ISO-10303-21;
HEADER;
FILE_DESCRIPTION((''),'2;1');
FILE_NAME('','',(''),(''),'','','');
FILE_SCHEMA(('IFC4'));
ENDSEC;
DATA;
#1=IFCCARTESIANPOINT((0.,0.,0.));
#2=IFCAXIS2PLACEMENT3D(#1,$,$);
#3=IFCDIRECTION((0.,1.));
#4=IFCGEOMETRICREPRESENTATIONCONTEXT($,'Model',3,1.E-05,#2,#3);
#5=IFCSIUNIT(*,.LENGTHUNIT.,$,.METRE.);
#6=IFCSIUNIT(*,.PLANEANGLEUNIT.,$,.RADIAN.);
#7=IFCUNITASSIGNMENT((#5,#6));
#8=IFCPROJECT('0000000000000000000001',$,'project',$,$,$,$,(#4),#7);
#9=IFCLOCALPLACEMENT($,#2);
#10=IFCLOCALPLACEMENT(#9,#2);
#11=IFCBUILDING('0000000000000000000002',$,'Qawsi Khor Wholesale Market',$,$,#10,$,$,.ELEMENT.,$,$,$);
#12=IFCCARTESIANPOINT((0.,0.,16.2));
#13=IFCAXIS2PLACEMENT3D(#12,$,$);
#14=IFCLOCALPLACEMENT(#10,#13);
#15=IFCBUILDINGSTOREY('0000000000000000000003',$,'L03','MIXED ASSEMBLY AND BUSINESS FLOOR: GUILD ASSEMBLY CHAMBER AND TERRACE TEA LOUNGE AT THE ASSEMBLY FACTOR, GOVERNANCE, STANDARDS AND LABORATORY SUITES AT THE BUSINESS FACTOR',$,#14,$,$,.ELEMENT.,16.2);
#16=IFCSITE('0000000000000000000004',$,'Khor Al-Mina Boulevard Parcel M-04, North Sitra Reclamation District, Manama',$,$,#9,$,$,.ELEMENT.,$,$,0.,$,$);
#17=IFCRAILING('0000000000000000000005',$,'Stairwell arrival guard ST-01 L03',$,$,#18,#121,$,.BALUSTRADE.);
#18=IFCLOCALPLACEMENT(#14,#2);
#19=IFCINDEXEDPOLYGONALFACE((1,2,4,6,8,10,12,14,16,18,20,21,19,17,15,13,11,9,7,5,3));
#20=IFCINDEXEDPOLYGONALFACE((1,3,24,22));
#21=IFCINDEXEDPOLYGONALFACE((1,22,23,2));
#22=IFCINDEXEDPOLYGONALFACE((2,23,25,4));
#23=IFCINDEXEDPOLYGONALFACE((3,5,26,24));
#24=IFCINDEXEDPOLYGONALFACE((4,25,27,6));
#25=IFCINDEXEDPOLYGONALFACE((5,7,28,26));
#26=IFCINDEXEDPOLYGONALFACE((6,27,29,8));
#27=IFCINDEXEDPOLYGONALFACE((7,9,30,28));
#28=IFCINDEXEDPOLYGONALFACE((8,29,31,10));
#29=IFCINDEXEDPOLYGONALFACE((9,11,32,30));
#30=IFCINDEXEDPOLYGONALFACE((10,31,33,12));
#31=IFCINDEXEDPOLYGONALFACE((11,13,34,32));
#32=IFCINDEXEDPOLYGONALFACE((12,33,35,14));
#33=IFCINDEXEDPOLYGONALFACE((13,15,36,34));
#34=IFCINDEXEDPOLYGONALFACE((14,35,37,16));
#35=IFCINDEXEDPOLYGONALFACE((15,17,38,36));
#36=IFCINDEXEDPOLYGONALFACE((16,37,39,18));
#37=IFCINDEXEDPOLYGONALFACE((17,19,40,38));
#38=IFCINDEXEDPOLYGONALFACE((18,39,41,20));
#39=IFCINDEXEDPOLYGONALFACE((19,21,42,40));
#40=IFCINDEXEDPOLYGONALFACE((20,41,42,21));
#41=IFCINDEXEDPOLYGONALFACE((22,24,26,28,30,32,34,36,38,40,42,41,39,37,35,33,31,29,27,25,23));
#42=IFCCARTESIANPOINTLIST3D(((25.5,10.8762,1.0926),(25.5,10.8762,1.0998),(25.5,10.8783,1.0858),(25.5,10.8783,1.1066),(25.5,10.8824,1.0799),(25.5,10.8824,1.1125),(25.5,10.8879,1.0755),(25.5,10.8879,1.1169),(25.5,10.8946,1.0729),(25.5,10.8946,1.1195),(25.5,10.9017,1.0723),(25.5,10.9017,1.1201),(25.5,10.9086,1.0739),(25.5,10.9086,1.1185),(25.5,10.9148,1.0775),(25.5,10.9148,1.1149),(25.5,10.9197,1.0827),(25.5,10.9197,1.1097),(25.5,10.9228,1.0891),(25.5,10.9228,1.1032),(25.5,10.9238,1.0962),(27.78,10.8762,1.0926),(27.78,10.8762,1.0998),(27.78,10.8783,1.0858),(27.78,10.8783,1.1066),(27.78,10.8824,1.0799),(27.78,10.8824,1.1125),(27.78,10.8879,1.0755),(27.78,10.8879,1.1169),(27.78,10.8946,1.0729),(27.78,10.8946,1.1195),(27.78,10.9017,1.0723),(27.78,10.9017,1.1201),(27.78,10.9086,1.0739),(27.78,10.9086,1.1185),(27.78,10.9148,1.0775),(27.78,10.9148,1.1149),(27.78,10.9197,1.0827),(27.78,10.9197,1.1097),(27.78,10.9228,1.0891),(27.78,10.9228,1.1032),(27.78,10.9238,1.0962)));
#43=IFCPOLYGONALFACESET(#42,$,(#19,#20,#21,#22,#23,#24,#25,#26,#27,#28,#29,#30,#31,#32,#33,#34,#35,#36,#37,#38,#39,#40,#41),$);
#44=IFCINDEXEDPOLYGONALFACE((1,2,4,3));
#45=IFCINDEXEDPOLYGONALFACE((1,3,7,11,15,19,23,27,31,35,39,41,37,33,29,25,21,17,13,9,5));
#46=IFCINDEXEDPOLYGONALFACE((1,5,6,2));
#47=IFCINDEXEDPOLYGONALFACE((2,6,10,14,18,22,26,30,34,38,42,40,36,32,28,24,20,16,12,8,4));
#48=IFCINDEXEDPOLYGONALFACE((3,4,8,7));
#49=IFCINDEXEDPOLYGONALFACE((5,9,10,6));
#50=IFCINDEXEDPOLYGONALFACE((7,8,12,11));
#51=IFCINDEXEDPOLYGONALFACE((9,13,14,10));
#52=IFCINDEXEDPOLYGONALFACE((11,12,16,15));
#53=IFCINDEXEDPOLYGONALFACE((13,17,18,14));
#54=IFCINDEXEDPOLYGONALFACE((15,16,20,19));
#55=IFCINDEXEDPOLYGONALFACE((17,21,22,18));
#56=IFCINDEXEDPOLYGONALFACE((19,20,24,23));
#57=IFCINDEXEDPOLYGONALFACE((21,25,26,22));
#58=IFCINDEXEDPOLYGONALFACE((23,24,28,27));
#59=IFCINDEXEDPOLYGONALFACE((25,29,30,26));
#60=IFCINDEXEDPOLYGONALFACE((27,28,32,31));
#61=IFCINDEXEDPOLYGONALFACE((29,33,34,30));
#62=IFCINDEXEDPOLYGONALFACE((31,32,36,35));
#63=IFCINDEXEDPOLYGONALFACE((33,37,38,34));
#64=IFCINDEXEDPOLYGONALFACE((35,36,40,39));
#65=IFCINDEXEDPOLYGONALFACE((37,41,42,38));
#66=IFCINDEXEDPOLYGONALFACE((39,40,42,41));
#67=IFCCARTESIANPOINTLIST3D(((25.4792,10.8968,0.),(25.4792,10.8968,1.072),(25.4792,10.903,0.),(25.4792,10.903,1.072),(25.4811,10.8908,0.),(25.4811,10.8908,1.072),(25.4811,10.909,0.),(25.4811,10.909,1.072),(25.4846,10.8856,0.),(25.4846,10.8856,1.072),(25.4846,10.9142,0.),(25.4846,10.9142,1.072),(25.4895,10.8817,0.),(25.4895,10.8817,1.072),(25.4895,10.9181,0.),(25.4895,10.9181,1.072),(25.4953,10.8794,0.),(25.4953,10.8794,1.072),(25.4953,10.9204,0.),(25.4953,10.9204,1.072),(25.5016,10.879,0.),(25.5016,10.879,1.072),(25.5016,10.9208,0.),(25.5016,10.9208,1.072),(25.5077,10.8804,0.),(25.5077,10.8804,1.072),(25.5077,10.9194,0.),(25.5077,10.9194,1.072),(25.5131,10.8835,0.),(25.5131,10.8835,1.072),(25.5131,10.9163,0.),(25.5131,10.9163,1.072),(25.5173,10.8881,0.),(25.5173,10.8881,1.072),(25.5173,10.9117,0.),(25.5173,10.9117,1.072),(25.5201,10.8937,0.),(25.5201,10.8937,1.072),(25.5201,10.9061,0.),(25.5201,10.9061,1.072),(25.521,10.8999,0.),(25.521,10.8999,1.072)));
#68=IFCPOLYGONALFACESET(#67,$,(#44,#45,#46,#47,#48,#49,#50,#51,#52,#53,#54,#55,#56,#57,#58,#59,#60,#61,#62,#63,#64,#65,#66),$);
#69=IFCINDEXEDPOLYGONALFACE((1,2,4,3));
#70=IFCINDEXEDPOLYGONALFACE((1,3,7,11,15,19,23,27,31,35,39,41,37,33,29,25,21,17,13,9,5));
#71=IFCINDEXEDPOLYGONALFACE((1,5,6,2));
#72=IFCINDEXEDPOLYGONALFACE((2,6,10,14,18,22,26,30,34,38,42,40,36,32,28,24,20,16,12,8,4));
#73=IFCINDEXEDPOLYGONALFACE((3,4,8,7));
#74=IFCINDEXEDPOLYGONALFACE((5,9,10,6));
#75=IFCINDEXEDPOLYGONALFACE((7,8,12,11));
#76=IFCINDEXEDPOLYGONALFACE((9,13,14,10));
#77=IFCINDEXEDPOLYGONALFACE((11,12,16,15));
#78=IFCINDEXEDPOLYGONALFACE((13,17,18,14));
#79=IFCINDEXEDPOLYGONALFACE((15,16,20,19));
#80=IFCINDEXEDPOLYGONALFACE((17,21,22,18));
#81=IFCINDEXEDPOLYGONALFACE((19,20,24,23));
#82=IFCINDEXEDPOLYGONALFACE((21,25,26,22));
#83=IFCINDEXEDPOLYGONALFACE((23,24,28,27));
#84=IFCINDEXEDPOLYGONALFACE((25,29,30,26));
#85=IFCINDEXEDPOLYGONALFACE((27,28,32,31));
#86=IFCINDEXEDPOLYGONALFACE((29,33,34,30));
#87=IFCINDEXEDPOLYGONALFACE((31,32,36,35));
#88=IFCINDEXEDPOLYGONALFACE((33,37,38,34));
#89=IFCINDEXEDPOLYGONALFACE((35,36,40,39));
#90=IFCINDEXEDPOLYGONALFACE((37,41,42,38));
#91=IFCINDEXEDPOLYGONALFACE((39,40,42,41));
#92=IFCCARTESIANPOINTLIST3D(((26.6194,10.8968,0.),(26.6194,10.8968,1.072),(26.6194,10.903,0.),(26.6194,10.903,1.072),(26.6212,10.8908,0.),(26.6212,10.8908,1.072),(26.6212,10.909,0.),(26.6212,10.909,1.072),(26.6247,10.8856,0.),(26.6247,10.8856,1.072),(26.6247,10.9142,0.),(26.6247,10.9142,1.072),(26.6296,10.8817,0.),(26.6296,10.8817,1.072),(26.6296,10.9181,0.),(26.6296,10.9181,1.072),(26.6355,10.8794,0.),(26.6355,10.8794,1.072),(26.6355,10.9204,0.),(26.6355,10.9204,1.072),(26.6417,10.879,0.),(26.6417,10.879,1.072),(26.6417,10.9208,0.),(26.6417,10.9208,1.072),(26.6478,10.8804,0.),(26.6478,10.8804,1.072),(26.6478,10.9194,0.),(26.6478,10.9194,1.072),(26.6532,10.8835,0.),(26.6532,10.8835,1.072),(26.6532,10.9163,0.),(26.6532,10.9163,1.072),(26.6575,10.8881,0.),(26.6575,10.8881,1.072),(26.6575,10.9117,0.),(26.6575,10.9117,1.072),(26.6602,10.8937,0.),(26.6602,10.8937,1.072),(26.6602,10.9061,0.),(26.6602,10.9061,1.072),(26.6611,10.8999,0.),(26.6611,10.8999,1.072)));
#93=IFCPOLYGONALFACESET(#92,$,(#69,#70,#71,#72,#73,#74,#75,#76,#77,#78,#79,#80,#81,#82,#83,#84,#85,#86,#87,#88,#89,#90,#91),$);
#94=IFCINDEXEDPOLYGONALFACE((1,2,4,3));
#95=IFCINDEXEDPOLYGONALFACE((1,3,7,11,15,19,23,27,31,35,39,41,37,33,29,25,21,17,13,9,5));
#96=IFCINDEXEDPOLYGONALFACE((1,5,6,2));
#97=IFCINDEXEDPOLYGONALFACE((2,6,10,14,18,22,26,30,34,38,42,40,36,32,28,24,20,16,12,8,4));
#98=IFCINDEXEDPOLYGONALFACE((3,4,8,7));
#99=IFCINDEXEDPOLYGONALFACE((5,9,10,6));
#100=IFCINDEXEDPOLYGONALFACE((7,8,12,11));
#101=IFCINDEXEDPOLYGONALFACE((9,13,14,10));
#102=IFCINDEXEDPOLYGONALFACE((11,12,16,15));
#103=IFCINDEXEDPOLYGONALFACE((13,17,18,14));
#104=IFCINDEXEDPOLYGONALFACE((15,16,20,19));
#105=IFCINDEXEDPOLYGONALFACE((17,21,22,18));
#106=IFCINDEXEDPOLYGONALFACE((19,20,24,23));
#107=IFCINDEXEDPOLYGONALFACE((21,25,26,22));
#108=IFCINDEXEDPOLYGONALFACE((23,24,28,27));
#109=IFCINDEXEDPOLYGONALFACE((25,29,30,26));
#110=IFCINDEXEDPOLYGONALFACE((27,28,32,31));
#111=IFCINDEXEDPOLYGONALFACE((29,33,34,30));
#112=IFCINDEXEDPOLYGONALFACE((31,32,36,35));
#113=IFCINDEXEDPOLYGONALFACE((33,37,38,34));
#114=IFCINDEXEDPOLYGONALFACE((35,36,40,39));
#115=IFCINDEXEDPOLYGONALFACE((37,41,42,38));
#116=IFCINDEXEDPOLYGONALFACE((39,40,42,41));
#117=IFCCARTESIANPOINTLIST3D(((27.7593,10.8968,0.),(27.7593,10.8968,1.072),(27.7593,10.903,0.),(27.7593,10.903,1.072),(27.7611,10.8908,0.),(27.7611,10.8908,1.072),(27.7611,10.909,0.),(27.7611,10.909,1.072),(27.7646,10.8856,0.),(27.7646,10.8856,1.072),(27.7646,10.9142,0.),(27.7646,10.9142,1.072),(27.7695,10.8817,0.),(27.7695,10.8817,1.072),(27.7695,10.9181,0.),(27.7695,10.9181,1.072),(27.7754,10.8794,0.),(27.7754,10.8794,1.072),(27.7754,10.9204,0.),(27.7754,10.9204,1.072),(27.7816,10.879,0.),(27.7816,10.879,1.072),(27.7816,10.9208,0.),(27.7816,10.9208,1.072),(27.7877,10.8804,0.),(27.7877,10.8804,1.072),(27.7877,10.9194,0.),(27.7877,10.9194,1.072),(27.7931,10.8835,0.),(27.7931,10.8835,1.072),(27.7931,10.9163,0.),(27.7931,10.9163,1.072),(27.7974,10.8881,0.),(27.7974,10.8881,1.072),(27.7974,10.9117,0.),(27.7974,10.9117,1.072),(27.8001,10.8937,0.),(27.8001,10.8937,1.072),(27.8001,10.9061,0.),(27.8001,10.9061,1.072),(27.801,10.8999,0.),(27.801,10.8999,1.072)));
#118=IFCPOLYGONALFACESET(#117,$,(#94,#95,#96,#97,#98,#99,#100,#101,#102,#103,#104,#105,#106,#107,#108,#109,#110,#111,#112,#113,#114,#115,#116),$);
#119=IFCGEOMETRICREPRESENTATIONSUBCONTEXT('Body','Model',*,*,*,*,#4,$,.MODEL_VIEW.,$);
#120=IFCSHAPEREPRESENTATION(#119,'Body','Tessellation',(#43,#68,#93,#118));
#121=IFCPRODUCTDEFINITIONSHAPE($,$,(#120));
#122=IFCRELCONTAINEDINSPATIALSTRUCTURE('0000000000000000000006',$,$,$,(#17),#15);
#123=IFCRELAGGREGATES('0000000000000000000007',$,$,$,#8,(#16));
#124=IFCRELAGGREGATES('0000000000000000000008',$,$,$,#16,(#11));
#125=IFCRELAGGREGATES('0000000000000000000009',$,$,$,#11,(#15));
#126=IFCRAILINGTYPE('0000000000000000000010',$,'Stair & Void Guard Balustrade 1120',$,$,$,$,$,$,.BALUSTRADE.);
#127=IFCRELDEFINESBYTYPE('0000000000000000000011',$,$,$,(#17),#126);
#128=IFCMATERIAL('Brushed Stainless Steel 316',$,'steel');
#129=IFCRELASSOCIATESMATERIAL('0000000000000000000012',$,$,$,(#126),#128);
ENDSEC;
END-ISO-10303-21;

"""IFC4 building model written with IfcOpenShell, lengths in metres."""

from ifc_helpers import new_model, si_unit, direction, frame, origin, origin_2d, place, context, subcontext, project, spatial, circle, extrude, material, type_object, element, save


model = new_model("IFC4")

# Units and contexts
model_context = context("Model", 3, precision=1e-05, world=origin(), true_north=direction((0.0, 1.0)))
body_context = subcontext(model_context, "Body", "Model", "MODEL_VIEW")
ifc_project = project(units=[si_unit("LENGTHUNIT", "METRE"), si_unit("PLANEANGLEUNIT", "RADIAN")], contexts=[model_context])

# Site, building, storey
site_placement = place(None, origin())
site = spatial("IfcSite", under=ifc_project, at=site_placement, Name="Khor Al-Mina Boulevard Parcel M-04, North Sitra Reclamation District, Manama", CompositionType="ELEMENT", RefElevation=0.0)
building_placement = place(site_placement, origin())
building = spatial("IfcBuilding", under=site, at=building_placement, Name="Qawsi Khor Wholesale Market", CompositionType="ELEMENT")
storey_placement = place(building_placement, frame((0.0, 0.0, 16.2)))
storey = spatial("IfcBuildingStorey", under=building, at=storey_placement, Name="L03", Description="MIXED ASSEMBLY AND BUSINESS FLOOR: GUILD ASSEMBLY CHAMBER AND TERRACE TEA LOUNGE AT THE ASSEMBLY FACTOR, GOVERNANCE, STANDARDS AND LABORATORY SUITES AT THE BUSINESS FACTOR", CompositionType="ELEMENT", Elevation=16.2)

# Railing
ifc_material_1 = material(Name="Brushed Stainless Steel 316", Category="steel")
railing_type_1 = type_object("IfcRailingType", Name="Stair & Void Guard Balustrade 1120", PredefinedType="BALUSTRADE", material=ifc_material_1)
railing_1_placement = place(storey_placement, frame((25.5, 10.8999, 0.0)))
element("IfcRailing", 1, at=railing_1_placement, inside=storey, type_object=railing_type_1, Name="Stairwell arrival guard ST-01 L03", PredefinedType="BALUSTRADE", context=body_context, shape_type="SweptSolid", body=[
    extrude(circle(Radius=0.0239, at=origin_2d()), frame((0.0, 0.0, 1.0962), z_axis=(1.0, 0.0, 0.0), x_axis=(0.0, 1.0, 0.0)), (0.0, 0.0, 1.0), 2.28),
    extrude(circle(Radius=0.021, at=origin_2d()), origin(), (0.0, 0.0, 1.0), 1.072),
    extrude(circle(Radius=0.021, at=origin_2d()), frame((1.1401, 0.0, 0.0)), (0.0, 0.0, 1.0), 1.072),
    extrude(circle(Radius=0.021, at=origin_2d()), frame((2.28, 0.0, 0.0)), (0.0, 0.0, 1.0), 1.072),
])

save(model, "model.ifc")
